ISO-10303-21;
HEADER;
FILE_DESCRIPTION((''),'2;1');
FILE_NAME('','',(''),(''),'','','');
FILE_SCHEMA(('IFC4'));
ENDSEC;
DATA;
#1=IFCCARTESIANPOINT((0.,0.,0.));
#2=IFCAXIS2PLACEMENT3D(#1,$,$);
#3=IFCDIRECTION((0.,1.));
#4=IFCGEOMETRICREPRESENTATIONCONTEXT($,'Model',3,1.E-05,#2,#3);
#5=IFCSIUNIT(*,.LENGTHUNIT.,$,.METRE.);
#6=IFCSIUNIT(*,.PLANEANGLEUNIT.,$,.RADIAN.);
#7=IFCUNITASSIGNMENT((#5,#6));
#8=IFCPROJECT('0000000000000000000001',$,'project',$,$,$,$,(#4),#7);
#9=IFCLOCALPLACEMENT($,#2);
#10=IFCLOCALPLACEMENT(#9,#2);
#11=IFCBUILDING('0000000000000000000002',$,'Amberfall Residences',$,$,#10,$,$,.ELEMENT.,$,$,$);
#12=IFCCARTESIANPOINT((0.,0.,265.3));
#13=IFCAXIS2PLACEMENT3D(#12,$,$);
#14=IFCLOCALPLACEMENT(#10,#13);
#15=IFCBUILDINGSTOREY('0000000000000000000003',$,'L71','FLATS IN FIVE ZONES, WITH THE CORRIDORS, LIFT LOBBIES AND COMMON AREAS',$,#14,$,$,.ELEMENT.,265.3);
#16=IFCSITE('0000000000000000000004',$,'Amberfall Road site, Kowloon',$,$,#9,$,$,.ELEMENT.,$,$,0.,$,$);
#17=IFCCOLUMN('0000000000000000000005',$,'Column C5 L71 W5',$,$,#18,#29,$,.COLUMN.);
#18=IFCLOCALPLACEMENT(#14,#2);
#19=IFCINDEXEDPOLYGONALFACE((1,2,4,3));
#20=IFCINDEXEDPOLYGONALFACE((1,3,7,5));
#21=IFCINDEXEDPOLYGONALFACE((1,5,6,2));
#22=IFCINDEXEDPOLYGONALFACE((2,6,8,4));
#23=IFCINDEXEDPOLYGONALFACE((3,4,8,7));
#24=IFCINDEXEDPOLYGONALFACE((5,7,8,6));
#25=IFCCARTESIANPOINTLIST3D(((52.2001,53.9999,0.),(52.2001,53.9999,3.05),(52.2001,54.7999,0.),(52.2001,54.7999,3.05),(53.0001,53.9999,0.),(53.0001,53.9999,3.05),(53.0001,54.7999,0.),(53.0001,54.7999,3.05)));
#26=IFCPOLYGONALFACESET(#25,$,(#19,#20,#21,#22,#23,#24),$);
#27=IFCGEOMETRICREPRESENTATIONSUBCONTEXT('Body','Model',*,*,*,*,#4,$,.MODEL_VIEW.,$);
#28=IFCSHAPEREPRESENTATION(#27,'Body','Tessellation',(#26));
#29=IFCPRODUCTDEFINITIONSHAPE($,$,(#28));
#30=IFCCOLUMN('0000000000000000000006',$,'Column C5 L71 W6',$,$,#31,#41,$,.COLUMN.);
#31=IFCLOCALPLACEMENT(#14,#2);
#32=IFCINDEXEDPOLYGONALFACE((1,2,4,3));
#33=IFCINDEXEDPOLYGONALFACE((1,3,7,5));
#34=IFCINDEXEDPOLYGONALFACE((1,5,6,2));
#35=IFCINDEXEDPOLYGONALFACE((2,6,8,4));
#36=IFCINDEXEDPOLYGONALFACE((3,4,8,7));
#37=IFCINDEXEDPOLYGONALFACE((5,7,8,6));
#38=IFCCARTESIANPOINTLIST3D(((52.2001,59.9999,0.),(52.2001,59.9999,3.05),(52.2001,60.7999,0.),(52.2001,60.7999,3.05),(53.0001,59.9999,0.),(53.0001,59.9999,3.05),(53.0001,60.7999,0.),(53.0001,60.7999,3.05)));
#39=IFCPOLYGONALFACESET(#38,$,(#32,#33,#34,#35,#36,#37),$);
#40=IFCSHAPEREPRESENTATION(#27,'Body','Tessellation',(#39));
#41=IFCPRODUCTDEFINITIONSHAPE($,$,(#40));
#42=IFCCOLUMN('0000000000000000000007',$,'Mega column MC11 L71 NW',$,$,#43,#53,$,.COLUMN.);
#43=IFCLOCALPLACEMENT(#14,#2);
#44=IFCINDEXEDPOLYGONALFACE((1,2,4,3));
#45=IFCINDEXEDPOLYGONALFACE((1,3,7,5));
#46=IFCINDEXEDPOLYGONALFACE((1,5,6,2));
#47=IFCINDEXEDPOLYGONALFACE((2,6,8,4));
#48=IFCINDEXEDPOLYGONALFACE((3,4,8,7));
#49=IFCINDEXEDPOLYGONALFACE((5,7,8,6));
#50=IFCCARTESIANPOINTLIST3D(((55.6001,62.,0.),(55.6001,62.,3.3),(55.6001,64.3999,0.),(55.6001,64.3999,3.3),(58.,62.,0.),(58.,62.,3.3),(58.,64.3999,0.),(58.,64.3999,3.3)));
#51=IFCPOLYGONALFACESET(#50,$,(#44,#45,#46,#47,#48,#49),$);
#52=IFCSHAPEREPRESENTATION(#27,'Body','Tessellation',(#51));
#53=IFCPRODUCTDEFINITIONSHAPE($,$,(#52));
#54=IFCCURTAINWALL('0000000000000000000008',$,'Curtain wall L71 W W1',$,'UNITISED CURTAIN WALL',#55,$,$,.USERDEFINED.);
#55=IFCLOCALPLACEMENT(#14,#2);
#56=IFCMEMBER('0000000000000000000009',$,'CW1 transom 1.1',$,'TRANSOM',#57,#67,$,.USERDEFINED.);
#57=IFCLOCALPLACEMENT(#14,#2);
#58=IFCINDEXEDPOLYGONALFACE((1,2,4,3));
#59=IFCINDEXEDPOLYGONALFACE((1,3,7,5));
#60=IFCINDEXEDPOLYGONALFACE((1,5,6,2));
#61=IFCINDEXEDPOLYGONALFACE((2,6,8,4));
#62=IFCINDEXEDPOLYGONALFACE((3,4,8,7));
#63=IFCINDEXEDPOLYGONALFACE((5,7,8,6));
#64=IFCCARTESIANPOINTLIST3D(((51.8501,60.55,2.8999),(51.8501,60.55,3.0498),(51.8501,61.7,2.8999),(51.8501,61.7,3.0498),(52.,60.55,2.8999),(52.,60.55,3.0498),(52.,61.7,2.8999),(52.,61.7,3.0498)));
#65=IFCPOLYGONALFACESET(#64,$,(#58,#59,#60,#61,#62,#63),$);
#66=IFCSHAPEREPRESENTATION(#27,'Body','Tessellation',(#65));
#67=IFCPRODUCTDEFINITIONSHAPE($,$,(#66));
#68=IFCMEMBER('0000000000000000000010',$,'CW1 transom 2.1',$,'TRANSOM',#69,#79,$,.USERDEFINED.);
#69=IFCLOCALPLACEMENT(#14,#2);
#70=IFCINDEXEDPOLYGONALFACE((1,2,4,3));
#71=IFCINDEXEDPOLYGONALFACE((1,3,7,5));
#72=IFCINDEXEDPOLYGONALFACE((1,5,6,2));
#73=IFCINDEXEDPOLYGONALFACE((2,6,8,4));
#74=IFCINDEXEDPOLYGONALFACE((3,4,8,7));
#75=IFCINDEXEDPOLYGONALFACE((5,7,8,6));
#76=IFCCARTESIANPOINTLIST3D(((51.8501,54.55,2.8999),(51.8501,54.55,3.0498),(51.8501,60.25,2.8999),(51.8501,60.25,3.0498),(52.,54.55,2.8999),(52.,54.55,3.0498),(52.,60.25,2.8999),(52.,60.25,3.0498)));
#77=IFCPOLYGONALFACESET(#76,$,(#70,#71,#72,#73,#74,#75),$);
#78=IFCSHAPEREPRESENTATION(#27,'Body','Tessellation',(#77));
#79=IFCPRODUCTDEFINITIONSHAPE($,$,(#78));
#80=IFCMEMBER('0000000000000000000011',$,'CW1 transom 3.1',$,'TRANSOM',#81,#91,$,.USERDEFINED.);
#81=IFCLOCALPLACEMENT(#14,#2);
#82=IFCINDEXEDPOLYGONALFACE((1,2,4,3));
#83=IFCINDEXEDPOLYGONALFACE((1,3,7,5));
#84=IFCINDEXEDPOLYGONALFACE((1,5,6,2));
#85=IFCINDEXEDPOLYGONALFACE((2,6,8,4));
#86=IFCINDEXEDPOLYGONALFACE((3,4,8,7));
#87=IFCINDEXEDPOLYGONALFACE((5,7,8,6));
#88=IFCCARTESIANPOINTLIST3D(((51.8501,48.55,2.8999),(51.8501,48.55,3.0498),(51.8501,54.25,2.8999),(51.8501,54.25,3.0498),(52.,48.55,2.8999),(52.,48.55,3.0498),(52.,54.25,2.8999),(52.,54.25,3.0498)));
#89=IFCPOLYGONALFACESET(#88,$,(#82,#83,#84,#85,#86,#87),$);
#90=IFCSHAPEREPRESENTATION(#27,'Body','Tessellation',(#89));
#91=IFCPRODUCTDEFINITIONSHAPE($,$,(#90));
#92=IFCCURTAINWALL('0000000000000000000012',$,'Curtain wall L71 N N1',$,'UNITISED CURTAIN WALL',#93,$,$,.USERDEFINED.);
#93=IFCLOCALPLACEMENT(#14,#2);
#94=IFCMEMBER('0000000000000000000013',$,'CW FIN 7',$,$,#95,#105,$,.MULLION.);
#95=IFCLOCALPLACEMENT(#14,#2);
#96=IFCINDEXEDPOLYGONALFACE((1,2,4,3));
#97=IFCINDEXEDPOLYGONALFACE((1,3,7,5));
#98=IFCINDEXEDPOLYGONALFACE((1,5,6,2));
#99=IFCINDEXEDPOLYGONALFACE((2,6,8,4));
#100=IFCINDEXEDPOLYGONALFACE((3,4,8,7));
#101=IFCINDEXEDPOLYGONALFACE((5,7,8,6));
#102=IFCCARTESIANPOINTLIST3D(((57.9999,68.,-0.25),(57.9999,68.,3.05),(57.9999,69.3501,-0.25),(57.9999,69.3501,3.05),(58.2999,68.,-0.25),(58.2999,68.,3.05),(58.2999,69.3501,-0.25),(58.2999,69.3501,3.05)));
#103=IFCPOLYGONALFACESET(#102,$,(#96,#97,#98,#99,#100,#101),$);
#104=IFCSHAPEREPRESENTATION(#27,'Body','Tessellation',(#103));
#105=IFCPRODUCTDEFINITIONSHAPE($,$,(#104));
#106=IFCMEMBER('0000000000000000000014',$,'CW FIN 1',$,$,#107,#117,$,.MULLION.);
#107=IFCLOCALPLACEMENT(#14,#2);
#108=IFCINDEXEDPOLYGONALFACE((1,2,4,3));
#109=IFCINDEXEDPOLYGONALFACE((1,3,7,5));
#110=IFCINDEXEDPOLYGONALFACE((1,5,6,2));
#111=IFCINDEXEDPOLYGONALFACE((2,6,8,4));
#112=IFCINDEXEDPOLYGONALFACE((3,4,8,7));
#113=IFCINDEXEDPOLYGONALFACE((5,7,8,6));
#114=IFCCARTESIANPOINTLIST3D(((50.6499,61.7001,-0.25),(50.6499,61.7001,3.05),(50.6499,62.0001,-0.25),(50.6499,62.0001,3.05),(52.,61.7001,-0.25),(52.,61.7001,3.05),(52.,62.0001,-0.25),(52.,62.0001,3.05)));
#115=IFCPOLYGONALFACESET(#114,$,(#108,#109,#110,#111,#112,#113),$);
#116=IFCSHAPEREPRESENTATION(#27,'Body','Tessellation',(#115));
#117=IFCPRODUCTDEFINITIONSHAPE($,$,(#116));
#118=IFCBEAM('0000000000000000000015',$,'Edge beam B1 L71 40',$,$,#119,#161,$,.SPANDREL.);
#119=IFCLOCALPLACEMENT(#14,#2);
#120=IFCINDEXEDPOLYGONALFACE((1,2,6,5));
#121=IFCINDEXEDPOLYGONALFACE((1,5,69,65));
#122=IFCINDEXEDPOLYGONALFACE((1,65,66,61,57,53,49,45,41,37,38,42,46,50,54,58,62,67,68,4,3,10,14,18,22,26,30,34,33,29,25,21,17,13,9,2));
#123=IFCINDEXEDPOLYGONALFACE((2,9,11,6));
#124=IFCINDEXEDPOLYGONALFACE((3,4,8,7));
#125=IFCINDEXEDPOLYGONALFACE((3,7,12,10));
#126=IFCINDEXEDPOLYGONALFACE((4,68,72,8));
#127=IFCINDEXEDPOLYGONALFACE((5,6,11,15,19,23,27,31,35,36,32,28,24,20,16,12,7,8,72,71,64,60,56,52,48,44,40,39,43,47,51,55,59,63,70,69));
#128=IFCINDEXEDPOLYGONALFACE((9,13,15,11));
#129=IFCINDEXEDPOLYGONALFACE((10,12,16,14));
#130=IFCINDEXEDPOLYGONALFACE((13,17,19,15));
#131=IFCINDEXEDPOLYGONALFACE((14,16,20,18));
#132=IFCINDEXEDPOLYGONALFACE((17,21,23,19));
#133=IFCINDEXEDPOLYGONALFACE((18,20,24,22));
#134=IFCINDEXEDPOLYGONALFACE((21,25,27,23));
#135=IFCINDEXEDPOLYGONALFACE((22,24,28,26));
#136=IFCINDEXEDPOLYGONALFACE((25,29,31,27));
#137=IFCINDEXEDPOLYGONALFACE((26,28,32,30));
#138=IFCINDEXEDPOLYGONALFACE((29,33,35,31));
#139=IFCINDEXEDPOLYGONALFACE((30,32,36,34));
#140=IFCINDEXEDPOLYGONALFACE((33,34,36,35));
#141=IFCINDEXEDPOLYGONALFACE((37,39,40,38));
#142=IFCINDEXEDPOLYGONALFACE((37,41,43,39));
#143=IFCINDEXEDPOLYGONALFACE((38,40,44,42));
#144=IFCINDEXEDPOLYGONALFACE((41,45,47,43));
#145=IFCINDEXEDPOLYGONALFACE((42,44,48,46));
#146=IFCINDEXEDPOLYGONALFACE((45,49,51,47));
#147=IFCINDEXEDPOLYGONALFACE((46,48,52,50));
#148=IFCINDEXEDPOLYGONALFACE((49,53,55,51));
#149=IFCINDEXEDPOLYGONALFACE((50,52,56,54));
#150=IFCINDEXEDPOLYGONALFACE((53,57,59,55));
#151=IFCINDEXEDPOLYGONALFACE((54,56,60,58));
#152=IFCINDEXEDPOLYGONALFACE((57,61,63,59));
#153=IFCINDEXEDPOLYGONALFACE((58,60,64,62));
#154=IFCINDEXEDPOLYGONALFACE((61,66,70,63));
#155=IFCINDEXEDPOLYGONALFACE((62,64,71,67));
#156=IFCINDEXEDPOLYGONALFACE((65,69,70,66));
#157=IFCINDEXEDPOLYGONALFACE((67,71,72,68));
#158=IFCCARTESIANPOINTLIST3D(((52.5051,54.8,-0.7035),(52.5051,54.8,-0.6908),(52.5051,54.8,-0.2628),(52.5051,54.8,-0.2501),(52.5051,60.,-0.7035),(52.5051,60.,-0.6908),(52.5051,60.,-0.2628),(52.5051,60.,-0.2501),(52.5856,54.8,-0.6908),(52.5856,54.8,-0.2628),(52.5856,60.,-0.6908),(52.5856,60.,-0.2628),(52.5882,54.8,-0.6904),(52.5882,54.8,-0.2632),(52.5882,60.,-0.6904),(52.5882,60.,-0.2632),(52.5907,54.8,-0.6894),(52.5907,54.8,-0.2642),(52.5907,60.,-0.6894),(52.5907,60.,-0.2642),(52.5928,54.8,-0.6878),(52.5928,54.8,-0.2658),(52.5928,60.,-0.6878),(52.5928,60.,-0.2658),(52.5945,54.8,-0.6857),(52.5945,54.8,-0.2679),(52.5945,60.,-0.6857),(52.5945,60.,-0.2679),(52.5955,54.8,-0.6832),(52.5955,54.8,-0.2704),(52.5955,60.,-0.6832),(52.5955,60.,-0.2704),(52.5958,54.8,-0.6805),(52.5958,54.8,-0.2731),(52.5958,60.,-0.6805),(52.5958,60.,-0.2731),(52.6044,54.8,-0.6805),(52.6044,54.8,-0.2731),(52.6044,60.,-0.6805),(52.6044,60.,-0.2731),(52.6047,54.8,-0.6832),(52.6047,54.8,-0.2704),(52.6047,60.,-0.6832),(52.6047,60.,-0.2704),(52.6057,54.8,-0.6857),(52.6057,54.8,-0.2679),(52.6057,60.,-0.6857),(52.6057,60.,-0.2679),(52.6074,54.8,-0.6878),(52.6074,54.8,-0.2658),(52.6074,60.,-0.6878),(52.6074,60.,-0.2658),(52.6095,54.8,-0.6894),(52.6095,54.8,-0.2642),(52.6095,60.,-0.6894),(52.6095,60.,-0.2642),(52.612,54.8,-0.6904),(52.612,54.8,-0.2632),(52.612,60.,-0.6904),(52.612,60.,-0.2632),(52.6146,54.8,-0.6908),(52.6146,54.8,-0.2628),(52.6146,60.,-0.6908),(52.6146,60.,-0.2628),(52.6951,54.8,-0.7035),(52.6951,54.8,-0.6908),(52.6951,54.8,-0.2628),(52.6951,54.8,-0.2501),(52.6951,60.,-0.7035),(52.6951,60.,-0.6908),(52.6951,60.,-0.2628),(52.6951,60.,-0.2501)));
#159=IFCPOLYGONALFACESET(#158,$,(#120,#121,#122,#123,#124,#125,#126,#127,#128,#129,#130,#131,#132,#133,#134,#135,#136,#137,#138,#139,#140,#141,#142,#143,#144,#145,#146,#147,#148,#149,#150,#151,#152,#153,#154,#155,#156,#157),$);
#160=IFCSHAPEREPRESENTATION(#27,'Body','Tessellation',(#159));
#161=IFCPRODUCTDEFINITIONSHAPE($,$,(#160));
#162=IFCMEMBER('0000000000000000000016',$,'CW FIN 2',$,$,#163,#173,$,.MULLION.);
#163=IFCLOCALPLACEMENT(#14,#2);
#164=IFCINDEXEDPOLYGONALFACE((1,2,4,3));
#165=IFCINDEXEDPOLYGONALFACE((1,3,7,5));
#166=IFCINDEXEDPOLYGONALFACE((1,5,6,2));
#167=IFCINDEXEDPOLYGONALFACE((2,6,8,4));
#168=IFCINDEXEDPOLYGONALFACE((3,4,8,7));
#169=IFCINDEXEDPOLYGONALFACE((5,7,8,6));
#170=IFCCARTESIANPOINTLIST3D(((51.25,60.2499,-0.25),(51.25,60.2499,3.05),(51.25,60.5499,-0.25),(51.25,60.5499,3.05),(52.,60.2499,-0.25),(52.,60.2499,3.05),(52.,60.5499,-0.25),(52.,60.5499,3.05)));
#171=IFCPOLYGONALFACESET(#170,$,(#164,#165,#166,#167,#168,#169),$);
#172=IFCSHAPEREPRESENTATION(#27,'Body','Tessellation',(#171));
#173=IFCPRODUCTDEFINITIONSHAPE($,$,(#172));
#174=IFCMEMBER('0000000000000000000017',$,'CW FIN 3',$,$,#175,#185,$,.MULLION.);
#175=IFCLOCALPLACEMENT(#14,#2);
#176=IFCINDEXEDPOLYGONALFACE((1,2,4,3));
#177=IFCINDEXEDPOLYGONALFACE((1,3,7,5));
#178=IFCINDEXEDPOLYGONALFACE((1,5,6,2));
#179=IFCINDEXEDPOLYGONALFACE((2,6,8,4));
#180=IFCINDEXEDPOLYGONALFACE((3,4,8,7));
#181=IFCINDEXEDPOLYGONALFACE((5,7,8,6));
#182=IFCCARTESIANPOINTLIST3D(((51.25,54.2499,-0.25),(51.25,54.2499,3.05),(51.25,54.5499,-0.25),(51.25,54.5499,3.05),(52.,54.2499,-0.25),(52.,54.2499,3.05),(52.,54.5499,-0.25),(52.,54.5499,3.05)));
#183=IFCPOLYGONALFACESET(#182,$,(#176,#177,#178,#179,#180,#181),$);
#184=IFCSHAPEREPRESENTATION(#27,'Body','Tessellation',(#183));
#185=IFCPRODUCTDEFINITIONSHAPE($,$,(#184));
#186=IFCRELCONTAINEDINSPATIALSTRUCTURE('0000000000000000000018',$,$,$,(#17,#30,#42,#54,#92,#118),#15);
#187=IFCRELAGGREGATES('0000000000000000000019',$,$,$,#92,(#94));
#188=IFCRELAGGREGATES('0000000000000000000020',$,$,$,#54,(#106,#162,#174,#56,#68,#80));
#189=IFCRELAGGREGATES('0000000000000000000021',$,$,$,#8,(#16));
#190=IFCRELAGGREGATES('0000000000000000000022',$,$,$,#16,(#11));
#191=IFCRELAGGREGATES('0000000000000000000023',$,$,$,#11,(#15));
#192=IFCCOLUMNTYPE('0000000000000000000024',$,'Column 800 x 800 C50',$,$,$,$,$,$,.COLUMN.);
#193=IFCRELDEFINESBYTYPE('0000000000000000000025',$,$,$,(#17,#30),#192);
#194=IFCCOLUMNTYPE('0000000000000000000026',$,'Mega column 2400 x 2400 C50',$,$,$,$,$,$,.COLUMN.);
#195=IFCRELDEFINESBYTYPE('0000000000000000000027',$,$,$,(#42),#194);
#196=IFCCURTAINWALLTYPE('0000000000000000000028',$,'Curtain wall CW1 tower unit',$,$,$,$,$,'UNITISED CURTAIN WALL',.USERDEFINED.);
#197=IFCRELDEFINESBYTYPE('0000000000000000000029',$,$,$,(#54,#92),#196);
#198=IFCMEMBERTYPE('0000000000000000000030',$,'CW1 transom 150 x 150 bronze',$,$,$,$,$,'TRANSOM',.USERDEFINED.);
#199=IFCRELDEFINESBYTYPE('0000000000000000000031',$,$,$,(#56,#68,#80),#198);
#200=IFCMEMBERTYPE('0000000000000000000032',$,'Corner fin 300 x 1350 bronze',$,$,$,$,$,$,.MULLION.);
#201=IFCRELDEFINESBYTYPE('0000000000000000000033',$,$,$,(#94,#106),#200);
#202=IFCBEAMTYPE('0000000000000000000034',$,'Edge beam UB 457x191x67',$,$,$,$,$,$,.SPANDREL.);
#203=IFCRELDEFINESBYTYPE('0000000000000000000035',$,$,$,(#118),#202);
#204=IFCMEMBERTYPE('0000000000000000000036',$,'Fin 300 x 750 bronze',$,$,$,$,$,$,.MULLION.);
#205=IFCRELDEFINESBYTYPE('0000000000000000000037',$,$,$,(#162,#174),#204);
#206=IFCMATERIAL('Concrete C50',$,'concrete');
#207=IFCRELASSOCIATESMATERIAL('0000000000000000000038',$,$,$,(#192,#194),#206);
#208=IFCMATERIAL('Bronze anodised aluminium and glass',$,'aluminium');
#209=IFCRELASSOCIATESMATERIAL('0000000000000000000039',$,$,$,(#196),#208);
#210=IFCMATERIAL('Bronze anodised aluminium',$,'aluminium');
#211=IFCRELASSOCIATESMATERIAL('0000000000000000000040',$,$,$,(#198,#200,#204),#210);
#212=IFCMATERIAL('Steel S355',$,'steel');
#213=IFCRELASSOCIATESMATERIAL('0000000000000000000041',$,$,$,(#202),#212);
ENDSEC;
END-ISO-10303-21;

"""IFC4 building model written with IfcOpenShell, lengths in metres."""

from ifc_helpers import new_model, si_unit, direction, frame, origin, origin_2d, place, context, subcontext, project, spatial, rectangle, i_section, extrude, material, material_profile, profile_set, type_object, element, aggregate, save


model = new_model("IFC4")

# Units and contexts
model_context = context("Model", 3, precision=1e-05, world=origin(), true_north=direction((0.0, 1.0)))
body_context = subcontext(model_context, "Body", "Model", "MODEL_VIEW")
ifc_project = project(units=[si_unit("LENGTHUNIT", "METRE"), si_unit("PLANEANGLEUNIT", "RADIAN")], contexts=[model_context])

# Site, building, storey
site_placement = place(None, origin())
site = spatial("IfcSite", under=ifc_project, at=site_placement, Name="Amberfall Road site, Kowloon", CompositionType="ELEMENT", RefElevation=0.0)
building_placement = place(site_placement, origin())
building = spatial("IfcBuilding", under=site, at=building_placement, Name="Amberfall Residences", CompositionType="ELEMENT")
storey_placement = place(building_placement, frame((0.0, 0.0, 265.3)))
storey = spatial("IfcBuildingStorey", under=building, at=storey_placement, Name="L71", Description="FLATS IN FIVE ZONES, WITH THE CORRIDORS, LIFT LOBBIES AND COMMON AREAS", CompositionType="ELEMENT", Elevation=265.3)

# Columns
ifc_material_1 = material(Name="Concrete C50", Category="concrete")
ifc_material_profile_1 = material_profile(ifc_material_1, rectangle(XDim=0.8, YDim=0.8, at=origin_2d()), Name="Column 800 x 800 C50")
ifc_profile_set_1 = profile_set([ifc_material_profile_1], Name="Concrete C50")
column_type_1 = type_object("IfcColumnType", Name="Column 800 x 800 C50", PredefinedType="COLUMN", material=ifc_profile_set_1)
for number, where, z_axis, x_axis, name in (
    (1, (52.6001, 54.3999, 0.0), (0.0, 0.0, 1.0), (1.0, 0.0, 0.0), "Column C5 L71 W5"),
    (2, (52.6001, 60.3999, 0.0), (0.0, 0.0, 1.0), (1.0, 0.0, 0.0), "Column C5 L71 W6"),
):
    element("IfcColumn", number, at=place(storey_placement, frame(where, z_axis=z_axis, x_axis=x_axis)), inside=storey, type_object=column_type_1, Name=name, PredefinedType="COLUMN", context=body_context, shape_type="SweptSolid", body=[
        extrude(rectangle(XDim=0.8, YDim=0.8, at=origin_2d()), origin(), (0.0, 0.0, 1.0), 3.05),
    ])
ifc_material_profile_2 = material_profile(ifc_material_1, rectangle(XDim=2.3999, YDim=2.3999, at=origin_2d()), Name="Mega column 2400 x 2400 C50")
ifc_profile_set_2 = profile_set([ifc_material_profile_2], Name="Concrete C50")
column_type_2 = type_object("IfcColumnType", Name="Mega column 2400 x 2400 C50", PredefinedType="COLUMN", material=ifc_profile_set_2)
column_placement = place(storey_placement, frame((56.8, 63.2, 0.0), z_axis=(0.0, 0.0, 1.0), x_axis=(1.0, 0.0, 0.0)))
element("IfcColumn", 3, at=column_placement, inside=storey, type_object=column_type_2, Name="Mega column MC11 L71 NW", PredefinedType="COLUMN", context=body_context, shape_type="SweptSolid", body=[
    extrude(rectangle(XDim=2.3999, YDim=2.3999, at=origin_2d()), origin(), (0.0, 0.0, 1.0), 3.3),
])

# Curtain wall, members
ifc_material_2 = material(Name="Bronze anodised aluminium and glass", Category="aluminium")
curtain_wall_type = type_object("IfcCurtainWallType", Name="Curtain wall CW1 tower unit", ElementType="UNITISED CURTAIN WALL", PredefinedType="USERDEFINED", material=ifc_material_2)
curtain_wall_1_placement = place(storey_placement, origin())
curtain_wall_1 = element("IfcCurtainWall", 4, at=curtain_wall_1_placement, inside=storey, type_object=curtain_wall_type, Name="Curtain wall L71 W W1", ObjectType="UNITISED CURTAIN WALL", PredefinedType="USERDEFINED")
ifc_material_3 = material(Name="Bronze anodised aluminium", Category="aluminium")
ifc_material_profile_3 = material_profile(ifc_material_3, rectangle(XDim=0.1499, YDim=0.1499, at=origin_2d()), Name="CW1 transom 150 x 150 bronze")
ifc_profile_set_3 = profile_set([ifc_material_profile_3], Name="Bronze anodised aluminium")
member_type_1 = type_object("IfcMemberType", Name="CW1 transom 150 x 150 bronze", ElementType="TRANSOM", PredefinedType="USERDEFINED", material=ifc_profile_set_3)
member_1_placement = place(storey_placement, frame((51.925, 61.7, 2.9749), z_axis=(0.0, -1.0, 0.0), x_axis=(1.0, 0.0, 0.0)))
member_1 = element("IfcMember", 5, at=member_1_placement, type_object=member_type_1, Name="CW1 transom 1.1", ObjectType="TRANSOM", PredefinedType="USERDEFINED", context=body_context, shape_type="SweptSolid", body=[
    extrude(rectangle(XDim=0.1499, YDim=0.1499, at=origin_2d()), origin(), (0.0, 0.0, 1.0), 1.1499),
])
member_2_placement = place(storey_placement, frame((51.925, 60.25, 2.9749), z_axis=(0.0, -1.0, 0.0), x_axis=(1.0, 0.0, 0.0)))
member_2 = element("IfcMember", 6, at=member_2_placement, type_object=member_type_1, Name="CW1 transom 2.1", ObjectType="TRANSOM", PredefinedType="USERDEFINED", context=body_context, shape_type="SweptSolid", body=[
    extrude(rectangle(XDim=0.1499, YDim=0.1499, at=origin_2d()), origin(), (0.0, 0.0, 1.0), 5.7),
])
member_3_placement = place(storey_placement, frame((51.925, 54.25, 2.9749), z_axis=(0.0, -1.0, 0.0), x_axis=(1.0, 0.0, 0.0)))
member_3 = element("IfcMember", 7, at=member_3_placement, type_object=member_type_1, Name="CW1 transom 3.1", ObjectType="TRANSOM", PredefinedType="USERDEFINED", context=body_context, shape_type="SweptSolid", body=[
    extrude(rectangle(XDim=0.1499, YDim=0.1499, at=origin_2d()), origin(), (0.0, 0.0, 1.0), 5.7),
])

# Curtain wall, member
curtain_wall_2_placement = place(storey_placement, origin())
curtain_wall_2 = element("IfcCurtainWall", 8, at=curtain_wall_2_placement, inside=storey, type_object=curtain_wall_type, Name="Curtain wall L71 N N1", ObjectType="UNITISED CURTAIN WALL", PredefinedType="USERDEFINED")
ifc_material_profile_4 = material_profile(ifc_material_3, rectangle(XDim=1.3501, YDim=0.3, at=origin_2d()), Name="Corner fin 300 x 1350 bronze")
ifc_profile_set_4 = profile_set([ifc_material_profile_4], Name="Bronze anodised aluminium")
member_type_2 = type_object("IfcMemberType", Name="Corner fin 300 x 1350 bronze", PredefinedType="MULLION", material=ifc_profile_set_4)
member_4_placement = place(storey_placement, frame((58.1499, 68.675, -0.25), z_axis=(0.0, 0.0, 1.0), x_axis=(0.0, -1.0, 0.0)))
member_4 = element("IfcMember", 9, at=member_4_placement, type_object=member_type_2, Name="CW FIN 7", PredefinedType="MULLION", context=body_context, shape_type="SweptSolid", body=[
    extrude(rectangle(XDim=1.3501, YDim=0.3, at=origin_2d()), origin(), (0.0, 0.0, 1.0), 3.3),
])
aggregate(curtain_wall_2, [member_4])

# Member
member_5_placement = place(storey_placement, frame((51.325, 61.8501, -0.25), z_axis=(0.0, 0.0, 1.0), x_axis=(1.0, 0.0, 0.0)))
member_5 = element("IfcMember", 10, at=member_5_placement, type_object=member_type_2, Name="CW FIN 1", PredefinedType="MULLION", context=body_context, shape_type="SweptSolid", body=[
    extrude(rectangle(XDim=1.3501, YDim=0.3, at=origin_2d()), origin(), (0.0, 0.0, 1.0), 3.3),
])

# Beam
ifc_material_4 = material(Name="Steel S355", Category="steel")
ifc_material_profile_5 = material_profile(ifc_material_4, i_section(OverallWidth=0.1899, OverallDepth=0.4534, WebThickness=0.0085, FlangeThickness=0.0127, FilletRadius=0.0103, at=origin_2d()), Name="UB 457x191x67")
ifc_profile_set_5 = profile_set([ifc_material_profile_5], Name="Steel S355")
beam_type_1 = type_object("IfcBeamType", Name="Edge beam UB 457x191x67", PredefinedType="SPANDREL", material=ifc_profile_set_5)
beam_1_placement = place(storey_placement, frame((52.6001, 54.8, -0.4768), z_axis=(0.0, 1.0, 0.0), x_axis=(-1.0, 0.0, 0.0)))
element("IfcBeam", 11, at=beam_1_placement, inside=storey, type_object=beam_type_1, Name="Edge beam B1 L71 40", PredefinedType="SPANDREL", context=body_context, shape_type="SweptSolid", body=[
    extrude(i_section(OverallWidth=0.1899, OverallDepth=0.4534, WebThickness=0.0085, FlangeThickness=0.0127, FilletRadius=0.0103, at=origin_2d()), origin(), (0.0, 0.0, 1.0), 5.2),
])

# Members
ifc_material_profile_6 = material_profile(ifc_material_3, rectangle(XDim=0.75, YDim=0.3, at=origin_2d()), Name="Fin 300 x 750 bronze")
ifc_profile_set_6 = profile_set([ifc_material_profile_6], Name="Bronze anodised aluminium")
member_type_3 = type_object("IfcMemberType", Name="Fin 300 x 750 bronze", PredefinedType="MULLION", material=ifc_profile_set_6)
member_6_placement = place(storey_placement, frame((51.625, 60.3999, -0.25), z_axis=(0.0, 0.0, 1.0), x_axis=(1.0, 0.0, 0.0)))
member_6 = element("IfcMember", 12, at=member_6_placement, type_object=member_type_3, Name="CW FIN 2", PredefinedType="MULLION", context=body_context, shape_type="SweptSolid", body=[
    extrude(rectangle(XDim=0.75, YDim=0.3, at=origin_2d()), origin(), (0.0, 0.0, 1.0), 3.3),
])
member_7_placement = place(storey_placement, frame((51.625, 54.3999, -0.25), z_axis=(0.0, 0.0, 1.0), x_axis=(1.0, 0.0, 0.0)))
member_7 = element("IfcMember", 13, at=member_7_placement, type_object=member_type_3, Name="CW FIN 3", PredefinedType="MULLION", context=body_context, shape_type="SweptSolid", body=[
    extrude(rectangle(XDim=0.75, YDim=0.3, at=origin_2d()), origin(), (0.0, 0.0, 1.0), 3.3),
])

aggregate(curtain_wall_1, [member_5, member_6, member_7, member_1, member_2, member_3])

save(model, "model.ifc")
